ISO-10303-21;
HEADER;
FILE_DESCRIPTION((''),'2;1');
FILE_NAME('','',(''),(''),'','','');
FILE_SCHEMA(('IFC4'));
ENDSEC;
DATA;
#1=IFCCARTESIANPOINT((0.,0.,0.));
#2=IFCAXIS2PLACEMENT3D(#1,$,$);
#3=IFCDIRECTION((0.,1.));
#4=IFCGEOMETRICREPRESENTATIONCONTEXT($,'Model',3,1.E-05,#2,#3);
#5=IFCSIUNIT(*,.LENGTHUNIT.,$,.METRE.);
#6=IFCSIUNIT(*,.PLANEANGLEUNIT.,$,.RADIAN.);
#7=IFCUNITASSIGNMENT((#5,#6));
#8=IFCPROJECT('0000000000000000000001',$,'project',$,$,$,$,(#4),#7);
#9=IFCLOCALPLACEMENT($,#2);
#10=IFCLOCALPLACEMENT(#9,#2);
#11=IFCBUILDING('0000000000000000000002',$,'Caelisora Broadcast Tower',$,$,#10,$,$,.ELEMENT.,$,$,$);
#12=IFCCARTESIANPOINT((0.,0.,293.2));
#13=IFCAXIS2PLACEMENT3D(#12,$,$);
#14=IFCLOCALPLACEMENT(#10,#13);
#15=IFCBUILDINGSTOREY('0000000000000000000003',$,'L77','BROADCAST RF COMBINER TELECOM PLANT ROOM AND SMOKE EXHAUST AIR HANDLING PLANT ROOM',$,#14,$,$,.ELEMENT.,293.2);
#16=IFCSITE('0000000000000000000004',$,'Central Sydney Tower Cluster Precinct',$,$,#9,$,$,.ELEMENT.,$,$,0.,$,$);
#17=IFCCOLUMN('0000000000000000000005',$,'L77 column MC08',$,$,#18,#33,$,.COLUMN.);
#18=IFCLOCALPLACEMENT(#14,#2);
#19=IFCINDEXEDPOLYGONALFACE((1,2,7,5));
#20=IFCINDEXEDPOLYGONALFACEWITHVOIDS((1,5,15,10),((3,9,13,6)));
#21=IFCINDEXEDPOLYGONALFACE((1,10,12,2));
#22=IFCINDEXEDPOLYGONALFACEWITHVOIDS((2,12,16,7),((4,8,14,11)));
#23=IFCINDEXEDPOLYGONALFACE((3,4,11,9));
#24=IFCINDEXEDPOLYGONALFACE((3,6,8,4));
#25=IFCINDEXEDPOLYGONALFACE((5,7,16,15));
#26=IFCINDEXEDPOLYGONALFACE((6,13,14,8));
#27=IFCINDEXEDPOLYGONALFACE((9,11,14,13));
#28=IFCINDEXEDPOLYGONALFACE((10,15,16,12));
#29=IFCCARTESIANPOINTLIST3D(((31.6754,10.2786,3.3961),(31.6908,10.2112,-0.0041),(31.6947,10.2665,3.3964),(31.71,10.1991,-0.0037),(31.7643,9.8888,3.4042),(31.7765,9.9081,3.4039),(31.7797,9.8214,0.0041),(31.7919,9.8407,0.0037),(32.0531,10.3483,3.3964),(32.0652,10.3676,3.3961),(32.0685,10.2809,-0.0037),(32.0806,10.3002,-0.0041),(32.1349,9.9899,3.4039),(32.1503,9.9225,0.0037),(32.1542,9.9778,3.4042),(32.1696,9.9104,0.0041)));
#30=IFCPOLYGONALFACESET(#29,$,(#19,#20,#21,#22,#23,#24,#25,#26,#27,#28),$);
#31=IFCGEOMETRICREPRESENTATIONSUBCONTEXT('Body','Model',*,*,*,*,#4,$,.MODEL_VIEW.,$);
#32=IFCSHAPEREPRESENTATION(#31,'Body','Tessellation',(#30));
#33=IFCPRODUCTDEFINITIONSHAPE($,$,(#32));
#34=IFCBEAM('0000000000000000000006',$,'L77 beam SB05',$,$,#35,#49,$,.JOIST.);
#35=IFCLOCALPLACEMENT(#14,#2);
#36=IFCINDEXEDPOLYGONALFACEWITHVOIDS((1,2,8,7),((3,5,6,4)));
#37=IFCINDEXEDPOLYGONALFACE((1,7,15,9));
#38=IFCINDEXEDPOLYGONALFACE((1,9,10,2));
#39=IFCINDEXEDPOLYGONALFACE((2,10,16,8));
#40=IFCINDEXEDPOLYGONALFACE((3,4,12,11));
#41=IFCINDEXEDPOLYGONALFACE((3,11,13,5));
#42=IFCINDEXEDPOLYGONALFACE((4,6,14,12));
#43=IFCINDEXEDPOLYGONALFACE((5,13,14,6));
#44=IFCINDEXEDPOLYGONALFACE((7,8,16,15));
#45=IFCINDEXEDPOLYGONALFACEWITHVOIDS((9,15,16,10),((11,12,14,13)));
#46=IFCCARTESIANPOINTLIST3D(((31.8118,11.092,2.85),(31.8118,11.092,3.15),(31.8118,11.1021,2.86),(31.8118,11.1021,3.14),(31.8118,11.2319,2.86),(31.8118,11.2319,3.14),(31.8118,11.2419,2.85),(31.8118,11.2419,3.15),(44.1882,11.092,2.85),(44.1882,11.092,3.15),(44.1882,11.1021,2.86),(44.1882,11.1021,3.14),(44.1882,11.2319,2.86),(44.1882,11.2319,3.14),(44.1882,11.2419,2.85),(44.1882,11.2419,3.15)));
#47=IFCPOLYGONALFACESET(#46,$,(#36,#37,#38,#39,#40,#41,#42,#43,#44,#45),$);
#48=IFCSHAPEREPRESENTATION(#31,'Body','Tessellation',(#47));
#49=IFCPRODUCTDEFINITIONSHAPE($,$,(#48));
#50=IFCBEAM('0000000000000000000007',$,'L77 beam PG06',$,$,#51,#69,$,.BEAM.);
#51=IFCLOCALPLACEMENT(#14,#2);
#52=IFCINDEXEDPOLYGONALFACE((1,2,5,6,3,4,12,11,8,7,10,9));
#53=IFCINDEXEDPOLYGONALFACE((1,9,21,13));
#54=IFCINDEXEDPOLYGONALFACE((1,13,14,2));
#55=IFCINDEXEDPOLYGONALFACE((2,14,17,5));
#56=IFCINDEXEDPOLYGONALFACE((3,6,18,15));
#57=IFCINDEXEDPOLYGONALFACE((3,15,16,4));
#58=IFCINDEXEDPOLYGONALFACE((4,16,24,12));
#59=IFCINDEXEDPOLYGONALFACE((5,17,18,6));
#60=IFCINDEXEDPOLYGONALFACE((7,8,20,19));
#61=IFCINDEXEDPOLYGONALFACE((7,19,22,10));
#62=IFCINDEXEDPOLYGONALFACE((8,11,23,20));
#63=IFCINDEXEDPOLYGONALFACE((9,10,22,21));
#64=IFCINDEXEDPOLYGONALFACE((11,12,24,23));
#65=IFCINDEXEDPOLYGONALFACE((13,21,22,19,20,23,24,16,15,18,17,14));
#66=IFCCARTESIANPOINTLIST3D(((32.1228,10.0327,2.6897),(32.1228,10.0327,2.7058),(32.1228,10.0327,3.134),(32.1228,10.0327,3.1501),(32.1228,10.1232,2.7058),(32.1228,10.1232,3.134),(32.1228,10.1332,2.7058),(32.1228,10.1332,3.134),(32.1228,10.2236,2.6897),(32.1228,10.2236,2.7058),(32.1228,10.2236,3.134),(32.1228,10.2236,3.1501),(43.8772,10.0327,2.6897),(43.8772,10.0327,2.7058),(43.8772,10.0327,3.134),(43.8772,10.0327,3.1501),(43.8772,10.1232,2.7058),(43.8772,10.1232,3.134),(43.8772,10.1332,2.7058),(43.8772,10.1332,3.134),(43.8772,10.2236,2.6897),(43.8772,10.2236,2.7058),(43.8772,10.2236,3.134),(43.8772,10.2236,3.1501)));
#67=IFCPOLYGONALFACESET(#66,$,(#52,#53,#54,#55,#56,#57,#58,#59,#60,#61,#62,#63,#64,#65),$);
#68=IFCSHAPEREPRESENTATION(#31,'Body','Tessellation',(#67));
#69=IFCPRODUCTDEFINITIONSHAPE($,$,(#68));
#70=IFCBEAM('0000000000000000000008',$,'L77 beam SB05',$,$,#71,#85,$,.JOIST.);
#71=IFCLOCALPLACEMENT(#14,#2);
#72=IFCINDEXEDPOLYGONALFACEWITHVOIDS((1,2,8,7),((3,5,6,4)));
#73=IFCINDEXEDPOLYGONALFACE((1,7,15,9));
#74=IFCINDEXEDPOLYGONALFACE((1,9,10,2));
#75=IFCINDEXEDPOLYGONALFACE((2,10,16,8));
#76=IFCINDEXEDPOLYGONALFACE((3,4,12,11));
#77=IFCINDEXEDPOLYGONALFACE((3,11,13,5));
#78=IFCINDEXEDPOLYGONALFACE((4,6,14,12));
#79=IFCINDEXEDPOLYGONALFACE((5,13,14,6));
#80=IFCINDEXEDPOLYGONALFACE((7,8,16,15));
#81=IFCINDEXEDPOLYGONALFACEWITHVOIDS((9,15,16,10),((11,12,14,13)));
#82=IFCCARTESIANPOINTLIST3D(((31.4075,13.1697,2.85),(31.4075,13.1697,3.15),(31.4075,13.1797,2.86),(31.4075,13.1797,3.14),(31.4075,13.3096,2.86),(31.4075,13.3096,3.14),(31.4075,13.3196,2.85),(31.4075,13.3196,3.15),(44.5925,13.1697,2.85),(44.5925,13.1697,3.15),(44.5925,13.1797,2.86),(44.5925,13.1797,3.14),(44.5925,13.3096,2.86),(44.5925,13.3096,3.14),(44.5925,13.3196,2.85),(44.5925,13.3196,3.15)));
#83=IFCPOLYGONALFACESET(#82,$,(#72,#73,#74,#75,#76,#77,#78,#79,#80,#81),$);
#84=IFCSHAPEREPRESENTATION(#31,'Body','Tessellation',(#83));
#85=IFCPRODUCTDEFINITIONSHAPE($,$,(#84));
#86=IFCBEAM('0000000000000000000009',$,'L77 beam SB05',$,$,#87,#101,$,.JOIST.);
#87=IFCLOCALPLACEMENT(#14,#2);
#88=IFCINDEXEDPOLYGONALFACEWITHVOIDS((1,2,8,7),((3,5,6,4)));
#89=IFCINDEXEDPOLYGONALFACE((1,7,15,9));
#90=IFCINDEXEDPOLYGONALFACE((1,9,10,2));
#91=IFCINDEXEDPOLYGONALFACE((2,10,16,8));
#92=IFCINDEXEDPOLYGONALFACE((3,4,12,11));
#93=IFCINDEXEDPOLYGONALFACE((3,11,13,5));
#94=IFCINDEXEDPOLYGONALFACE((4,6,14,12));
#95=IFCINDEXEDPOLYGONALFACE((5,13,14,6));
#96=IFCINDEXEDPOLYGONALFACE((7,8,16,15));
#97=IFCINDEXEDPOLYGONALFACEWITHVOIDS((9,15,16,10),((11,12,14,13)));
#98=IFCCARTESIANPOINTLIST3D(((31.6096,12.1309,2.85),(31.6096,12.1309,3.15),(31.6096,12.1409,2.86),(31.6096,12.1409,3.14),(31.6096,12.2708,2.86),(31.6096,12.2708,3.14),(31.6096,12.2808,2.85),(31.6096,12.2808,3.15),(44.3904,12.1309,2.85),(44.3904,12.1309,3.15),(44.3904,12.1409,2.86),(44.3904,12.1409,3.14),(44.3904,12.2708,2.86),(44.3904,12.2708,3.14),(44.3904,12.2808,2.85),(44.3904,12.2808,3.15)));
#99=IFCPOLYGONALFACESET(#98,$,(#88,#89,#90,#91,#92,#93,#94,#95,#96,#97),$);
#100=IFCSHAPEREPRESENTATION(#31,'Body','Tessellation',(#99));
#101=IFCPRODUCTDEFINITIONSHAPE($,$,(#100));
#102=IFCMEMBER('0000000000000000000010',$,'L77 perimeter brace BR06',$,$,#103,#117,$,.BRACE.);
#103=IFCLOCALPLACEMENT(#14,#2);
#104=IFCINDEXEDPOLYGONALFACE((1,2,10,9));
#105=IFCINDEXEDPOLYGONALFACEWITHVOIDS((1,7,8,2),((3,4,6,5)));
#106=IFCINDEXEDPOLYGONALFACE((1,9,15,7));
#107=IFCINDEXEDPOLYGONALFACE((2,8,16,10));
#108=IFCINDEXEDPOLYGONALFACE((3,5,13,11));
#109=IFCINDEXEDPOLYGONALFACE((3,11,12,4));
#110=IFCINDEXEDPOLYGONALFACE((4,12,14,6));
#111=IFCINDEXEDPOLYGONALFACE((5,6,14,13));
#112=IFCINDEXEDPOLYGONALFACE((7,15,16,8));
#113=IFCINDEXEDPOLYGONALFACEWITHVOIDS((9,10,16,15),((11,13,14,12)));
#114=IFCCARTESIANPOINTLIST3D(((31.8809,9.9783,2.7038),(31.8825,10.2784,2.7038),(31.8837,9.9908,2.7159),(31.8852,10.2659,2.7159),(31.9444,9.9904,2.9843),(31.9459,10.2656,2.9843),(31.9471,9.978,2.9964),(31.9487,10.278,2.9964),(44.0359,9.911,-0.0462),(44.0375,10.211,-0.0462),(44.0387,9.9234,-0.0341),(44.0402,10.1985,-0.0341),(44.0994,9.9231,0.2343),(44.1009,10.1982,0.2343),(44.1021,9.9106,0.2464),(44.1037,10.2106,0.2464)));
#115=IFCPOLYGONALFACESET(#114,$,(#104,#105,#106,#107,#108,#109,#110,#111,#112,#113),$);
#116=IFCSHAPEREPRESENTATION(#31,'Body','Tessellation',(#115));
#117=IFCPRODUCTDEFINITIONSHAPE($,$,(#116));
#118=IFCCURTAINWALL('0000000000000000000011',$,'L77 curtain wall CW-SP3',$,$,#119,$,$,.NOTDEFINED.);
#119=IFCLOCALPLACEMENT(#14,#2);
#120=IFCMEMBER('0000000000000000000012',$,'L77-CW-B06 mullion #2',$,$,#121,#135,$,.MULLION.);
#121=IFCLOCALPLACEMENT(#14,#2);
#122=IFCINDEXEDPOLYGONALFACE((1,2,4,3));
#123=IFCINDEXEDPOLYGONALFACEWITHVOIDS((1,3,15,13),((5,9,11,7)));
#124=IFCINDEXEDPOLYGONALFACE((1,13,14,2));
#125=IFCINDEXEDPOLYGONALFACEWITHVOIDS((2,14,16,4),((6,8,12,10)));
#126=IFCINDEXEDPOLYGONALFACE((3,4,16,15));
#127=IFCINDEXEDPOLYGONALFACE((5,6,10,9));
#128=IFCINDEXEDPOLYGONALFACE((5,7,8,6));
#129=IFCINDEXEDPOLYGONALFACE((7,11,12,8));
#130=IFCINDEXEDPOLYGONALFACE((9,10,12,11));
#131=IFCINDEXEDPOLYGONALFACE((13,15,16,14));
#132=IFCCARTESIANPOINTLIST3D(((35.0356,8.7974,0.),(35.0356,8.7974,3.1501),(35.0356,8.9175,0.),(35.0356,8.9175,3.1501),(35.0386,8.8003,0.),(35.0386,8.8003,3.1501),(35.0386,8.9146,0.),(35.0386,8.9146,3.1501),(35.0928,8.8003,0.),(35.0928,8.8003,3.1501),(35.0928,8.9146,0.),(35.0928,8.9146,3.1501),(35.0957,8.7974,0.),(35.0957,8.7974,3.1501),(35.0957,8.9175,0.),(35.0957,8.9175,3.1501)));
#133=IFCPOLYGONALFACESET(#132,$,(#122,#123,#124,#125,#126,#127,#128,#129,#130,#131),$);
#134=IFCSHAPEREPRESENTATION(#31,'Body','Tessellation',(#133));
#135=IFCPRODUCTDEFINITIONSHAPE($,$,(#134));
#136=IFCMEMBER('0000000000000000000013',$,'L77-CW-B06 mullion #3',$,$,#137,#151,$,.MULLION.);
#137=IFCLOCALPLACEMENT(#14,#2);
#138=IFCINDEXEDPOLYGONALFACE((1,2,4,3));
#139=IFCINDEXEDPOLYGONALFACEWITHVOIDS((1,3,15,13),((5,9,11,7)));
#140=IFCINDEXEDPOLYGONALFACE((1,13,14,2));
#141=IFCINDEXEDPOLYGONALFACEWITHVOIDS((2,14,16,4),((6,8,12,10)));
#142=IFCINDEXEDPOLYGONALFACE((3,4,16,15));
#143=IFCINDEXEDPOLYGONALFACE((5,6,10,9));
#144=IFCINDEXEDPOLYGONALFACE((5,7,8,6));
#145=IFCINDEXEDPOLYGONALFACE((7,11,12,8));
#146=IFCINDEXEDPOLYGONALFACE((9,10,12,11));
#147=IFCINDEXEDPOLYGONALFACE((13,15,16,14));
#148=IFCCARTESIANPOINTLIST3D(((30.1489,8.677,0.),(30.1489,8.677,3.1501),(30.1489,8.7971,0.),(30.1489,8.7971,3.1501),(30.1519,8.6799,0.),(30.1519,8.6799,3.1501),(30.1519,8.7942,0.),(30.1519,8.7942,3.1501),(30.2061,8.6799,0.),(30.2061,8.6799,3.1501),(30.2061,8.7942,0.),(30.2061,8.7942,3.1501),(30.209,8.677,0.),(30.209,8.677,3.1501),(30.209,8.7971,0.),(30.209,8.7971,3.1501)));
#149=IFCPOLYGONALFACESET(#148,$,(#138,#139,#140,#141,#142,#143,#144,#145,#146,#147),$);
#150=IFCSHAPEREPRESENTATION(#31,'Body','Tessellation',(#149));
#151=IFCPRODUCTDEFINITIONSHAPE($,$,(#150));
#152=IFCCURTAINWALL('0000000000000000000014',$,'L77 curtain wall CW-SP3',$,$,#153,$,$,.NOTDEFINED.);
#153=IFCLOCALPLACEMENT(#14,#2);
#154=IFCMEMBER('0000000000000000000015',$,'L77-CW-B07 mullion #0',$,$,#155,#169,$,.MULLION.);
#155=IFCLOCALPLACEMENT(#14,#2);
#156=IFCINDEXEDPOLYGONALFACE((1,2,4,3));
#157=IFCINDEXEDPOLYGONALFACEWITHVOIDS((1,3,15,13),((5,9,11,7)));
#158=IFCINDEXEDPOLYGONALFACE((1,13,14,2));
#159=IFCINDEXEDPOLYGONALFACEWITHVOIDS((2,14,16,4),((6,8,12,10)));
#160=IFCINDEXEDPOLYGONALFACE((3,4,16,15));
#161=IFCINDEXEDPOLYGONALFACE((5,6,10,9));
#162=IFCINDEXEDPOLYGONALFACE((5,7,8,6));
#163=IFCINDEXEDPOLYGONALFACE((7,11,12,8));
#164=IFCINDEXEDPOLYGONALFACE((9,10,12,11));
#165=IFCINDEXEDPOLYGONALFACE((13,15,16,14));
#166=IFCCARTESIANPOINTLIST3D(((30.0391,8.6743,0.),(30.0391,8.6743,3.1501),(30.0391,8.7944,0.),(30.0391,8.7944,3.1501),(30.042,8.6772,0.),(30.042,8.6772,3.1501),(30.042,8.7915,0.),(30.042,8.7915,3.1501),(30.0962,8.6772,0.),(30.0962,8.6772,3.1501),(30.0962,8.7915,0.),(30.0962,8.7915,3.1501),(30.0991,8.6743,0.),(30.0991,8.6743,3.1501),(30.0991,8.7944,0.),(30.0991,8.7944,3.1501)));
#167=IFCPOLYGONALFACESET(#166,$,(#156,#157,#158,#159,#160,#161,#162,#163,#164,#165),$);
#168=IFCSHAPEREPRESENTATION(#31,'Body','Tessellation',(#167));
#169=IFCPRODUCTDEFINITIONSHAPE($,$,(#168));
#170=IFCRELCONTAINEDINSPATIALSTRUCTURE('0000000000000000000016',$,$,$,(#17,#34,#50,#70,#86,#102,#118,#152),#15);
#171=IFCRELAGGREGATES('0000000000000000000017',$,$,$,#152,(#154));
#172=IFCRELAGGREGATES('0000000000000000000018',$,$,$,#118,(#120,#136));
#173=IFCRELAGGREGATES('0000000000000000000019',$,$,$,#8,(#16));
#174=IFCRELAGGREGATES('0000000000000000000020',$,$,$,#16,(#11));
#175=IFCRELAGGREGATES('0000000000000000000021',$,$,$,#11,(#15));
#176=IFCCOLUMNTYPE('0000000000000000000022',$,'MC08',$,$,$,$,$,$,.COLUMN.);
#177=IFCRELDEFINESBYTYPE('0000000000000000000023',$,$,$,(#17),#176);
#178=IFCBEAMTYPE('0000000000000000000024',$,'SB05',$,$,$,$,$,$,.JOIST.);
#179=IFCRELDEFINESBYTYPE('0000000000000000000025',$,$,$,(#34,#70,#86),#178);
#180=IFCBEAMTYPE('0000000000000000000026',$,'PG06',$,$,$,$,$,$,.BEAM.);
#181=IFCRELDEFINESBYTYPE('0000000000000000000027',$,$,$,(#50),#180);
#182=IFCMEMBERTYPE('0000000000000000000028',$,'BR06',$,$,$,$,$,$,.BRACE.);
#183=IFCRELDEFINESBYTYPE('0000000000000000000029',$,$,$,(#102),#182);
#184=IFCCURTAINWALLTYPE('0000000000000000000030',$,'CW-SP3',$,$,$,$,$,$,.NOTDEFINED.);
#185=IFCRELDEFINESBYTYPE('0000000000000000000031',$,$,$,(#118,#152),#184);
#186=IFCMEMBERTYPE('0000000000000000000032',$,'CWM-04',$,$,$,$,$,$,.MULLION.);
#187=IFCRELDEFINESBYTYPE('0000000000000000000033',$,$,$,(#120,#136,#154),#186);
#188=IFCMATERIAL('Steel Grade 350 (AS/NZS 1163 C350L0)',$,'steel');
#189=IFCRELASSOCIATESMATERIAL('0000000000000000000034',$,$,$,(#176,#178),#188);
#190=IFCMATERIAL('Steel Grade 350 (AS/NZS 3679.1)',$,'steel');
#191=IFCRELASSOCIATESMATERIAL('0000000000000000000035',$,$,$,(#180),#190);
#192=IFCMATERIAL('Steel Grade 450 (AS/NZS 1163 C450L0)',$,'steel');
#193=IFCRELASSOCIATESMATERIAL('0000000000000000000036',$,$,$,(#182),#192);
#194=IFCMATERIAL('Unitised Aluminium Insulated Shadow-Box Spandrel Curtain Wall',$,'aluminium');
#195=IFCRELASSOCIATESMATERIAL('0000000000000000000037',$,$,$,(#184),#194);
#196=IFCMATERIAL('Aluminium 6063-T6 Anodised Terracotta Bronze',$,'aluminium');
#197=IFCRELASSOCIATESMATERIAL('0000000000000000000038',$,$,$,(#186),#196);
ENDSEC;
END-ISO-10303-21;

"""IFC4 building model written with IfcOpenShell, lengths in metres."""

from ifc_helpers import new_model, si_unit, direction, frame, origin, origin_2d, place, context, subcontext, project, spatial, hollow_rectangle, i_section, extrude, source, transform, mapped, material, material_profile, profile_set, type_object, type_shapes, element, aggregate, save


model = new_model("IFC4")

# Units and contexts
model_context = context("Model", 3, precision=1e-05, world=origin(), true_north=direction((0.0, 1.0)))
body_context = subcontext(model_context, "Body", "Model", "MODEL_VIEW")
ifc_project = project(units=[si_unit("LENGTHUNIT", "METRE"), si_unit("PLANEANGLEUNIT", "RADIAN")], contexts=[model_context])

# Site, building, storey
site_placement = place(None, origin())
site = spatial("IfcSite", under=ifc_project, at=site_placement, Name="Central Sydney Tower Cluster Precinct", CompositionType="ELEMENT", RefElevation=0.0)
building_placement = place(site_placement, origin())
building = spatial("IfcBuilding", under=site, at=building_placement, Name="Caelisora Broadcast Tower", CompositionType="ELEMENT")
storey_placement = place(building_placement, frame((0.0, 0.0, 293.2)))
storey = spatial("IfcBuildingStorey", under=building, at=storey_placement, Name="L77", Description="BROADCAST RF COMBINER TELECOM PLANT ROOM AND SMOKE EXHAUST AIR HANDLING PLANT ROOM", CompositionType="ELEMENT", Elevation=293.2)

# Column
ifc_material_1 = material(Name="Steel Grade 350 (AS/NZS 1163 C350L0)", Category="steel")
ifc_material_profile_1 = material_profile(ifc_material_1, hollow_rectangle(XDim=0.3999, YDim=0.3999, WallThickness=0.0161, at=origin_2d()), Name="Steel Grade 350 (AS/NZS 1163 C350L0)")
ifc_profile_set_1 = profile_set([ifc_material_profile_1], Name="Steel Grade 350 (AS/NZS 1163 C350L0)")
column_type = type_object("IfcColumnType", Name="MC08", PredefinedType="COLUMN", material=ifc_profile_set_1)
shared_shape_1 = source(origin(), body_context, "Body", "SweptSolid", [
    extrude(hollow_rectangle(XDim=0.3999, YDim=0.3999, WallThickness=0.0161, at=origin_2d()), origin(), (0.0, 0.0, 1.0), 3.4009),
])
type_shapes(column_type, [shared_shape_1])
column_placement = place(storey_placement, frame((31.9302, 10.0608, 0.0), z_axis=(-0.004523, 0.019814, 0.999793), x_axis=(-0.974924, -0.222537, 0.0)))
element("IfcColumn", 1, at=column_placement, inside=storey, type_object=column_type, Name="L77 column MC08", PredefinedType="COLUMN", context=body_context, shape_type="MappedRepresentation", body=[
    mapped(shared_shape_1, transform((0.0, 0.0, 0.0), scale=1.0)),
])

# Beams
ifc_material_profile_2 = material_profile(ifc_material_1, hollow_rectangle(XDim=0.1499, YDim=0.3, WallThickness=0.01, at=origin_2d()), Name="Steel Grade 350 (AS/NZS 1163 C350L0)")
ifc_profile_set_2 = profile_set([ifc_material_profile_2], Name="Steel Grade 350 (AS/NZS 1163 C350L0)")
beam_type_1 = type_object("IfcBeamType", Name="SB05", PredefinedType="JOIST", material=ifc_profile_set_2)
shared_shape_2 = source(origin(), body_context, "Body", "SweptSolid", [
    extrude(hollow_rectangle(XDim=0.1499, YDim=0.3, WallThickness=0.01, at=origin_2d()), origin(), (0.0, 0.0, 1.0), 12.3765),
])
beam_1_placement = place(storey_placement, frame((31.8118, 11.167, 3.0), z_axis=(1.0, 0.0, 0.0), x_axis=(0.0, 1.0, 0.0)))
element("IfcBeam", 2, at=beam_1_placement, inside=storey, type_object=beam_type_1, Name="L77 beam SB05", PredefinedType="JOIST", context=body_context, shape_type="MappedRepresentation", body=[
    mapped(shared_shape_2, transform((0.0, 0.0, 0.0), scale=1.0)),
])
ifc_material_2 = material(Name="Steel Grade 350 (AS/NZS 3679.1)", Category="steel")
ifc_material_profile_3 = material_profile(ifc_material_2, i_section(OverallWidth=0.1909, OverallDepth=0.4604, WebThickness=0.01, FlangeThickness=0.0161, at=origin_2d()), Name="Steel Grade 350 (AS/NZS 3679.1)")
ifc_profile_set_3 = profile_set([ifc_material_profile_3], Name="Steel Grade 350 (AS/NZS 3679.1)")
beam_type_2 = type_object("IfcBeamType", Name="PG06", PredefinedType="BEAM", material=ifc_profile_set_3)
shared_shape_3 = source(origin(), body_context, "Body", "SweptSolid", [
    extrude(i_section(OverallWidth=0.1909, OverallDepth=0.4604, WebThickness=0.01, FlangeThickness=0.0161, at=origin_2d()), origin(), (0.0, 0.0, 1.0), 11.7544),
])
type_shapes(beam_type_2, [shared_shape_3])
beam_2_placement = place(storey_placement, frame((32.1228, 10.1282, 2.9199), z_axis=(1.0, 0.0, 0.0), x_axis=(0.0, 1.0, 0.0)))
element("IfcBeam", 3, at=beam_2_placement, inside=storey, type_object=beam_type_2, Name="L77 beam PG06", PredefinedType="BEAM", context=body_context, shape_type="MappedRepresentation", body=[
    mapped(shared_shape_3, transform((0.0, 0.0, 0.0), scale=1.0)),
])
shared_shape_4 = source(origin(), body_context, "Body", "SweptSolid", [
    extrude(hollow_rectangle(XDim=0.1499, YDim=0.3, WallThickness=0.01, at=origin_2d()), origin(), (0.0, 0.0, 1.0), 13.1851),
])
beam_3_placement = place(storey_placement, frame((31.4075, 13.2446, 3.0), z_axis=(1.0, 0.0, 0.0), x_axis=(0.0, 1.0, 0.0)))
element("IfcBeam", 4, at=beam_3_placement, inside=storey, type_object=beam_type_1, Name="L77 beam SB05", PredefinedType="JOIST", context=body_context, shape_type="MappedRepresentation", body=[
    mapped(shared_shape_4, transform((0.0, 0.0, 0.0), scale=1.0)),
])
shared_shape_5 = source(origin(), body_context, "Body", "SweptSolid", [
    extrude(hollow_rectangle(XDim=0.1499, YDim=0.3, WallThickness=0.01, at=origin_2d()), origin(), (0.0, 0.0, 1.0), 12.7808),
])
type_shapes(beam_type_1, [shared_shape_2, shared_shape_4, shared_shape_5])
beam_4_placement = place(storey_placement, frame((31.6096, 12.2058, 3.0), z_axis=(1.0, 0.0, 0.0), x_axis=(0.0, 1.0, 0.0)))
element("IfcBeam", 5, at=beam_4_placement, inside=storey, type_object=beam_type_1, Name="L77 beam SB05", PredefinedType="JOIST", context=body_context, shape_type="MappedRepresentation", body=[
    mapped(shared_shape_5, transform((0.0, 0.0, 0.0), scale=1.0)),
])

# Member
ifc_material_3 = material(Name="Steel Grade 450 (AS/NZS 1163 C450L0)", Category="steel")
ifc_material_profile_4 = material_profile(ifc_material_3, hollow_rectangle(XDim=0.3, YDim=0.3, WallThickness=0.0125, at=origin_2d()), Name="Steel Grade 450 (AS/NZS 1163 C450L0)")
ifc_profile_set_4 = profile_set([ifc_material_profile_4], Name="Steel Grade 450 (AS/NZS 1163 C450L0)")
member_type_1 = type_object("IfcMemberType", Name="BR06", PredefinedType="BRACE", material=ifc_profile_set_4)
shared_shape_6 = source(origin(), body_context, "Body", "SweptSolid", [
    extrude(hollow_rectangle(XDim=0.3, YDim=0.3, WallThickness=0.0125, at=origin_2d()), origin(), (0.0, 0.0, 1.0), 12.4624),
])
type_shapes(member_type_1, [shared_shape_6])
member_1_placement = place(storey_placement, frame((31.9148, 10.1282, 2.8501), z_axis=(0.975335, -0.005407, -0.220663), x_axis=(0.005544, 0.999985, 0.0)))
element("IfcMember", 6, at=member_1_placement, inside=storey, type_object=member_type_1, Name="L77 perimeter brace BR06", PredefinedType="BRACE", context=body_context, shape_type="MappedRepresentation", body=[
    mapped(shared_shape_6, transform((0.0, 0.0, 0.0), scale=1.0)),
])

# Curtain walls, members
ifc_material_4 = material(Name="Unitised Aluminium Insulated Shadow-Box Spandrel Curtain Wall", Category="aluminium")
curtain_wall_type = type_object("IfcCurtainWallType", Name="CW-SP3", PredefinedType="NOTDEFINED", material=ifc_material_4)
curtain_wall_1_placement = place(storey_placement, origin())
curtain_wall_1 = element("IfcCurtainWall", 7, at=curtain_wall_1_placement, inside=storey, type_object=curtain_wall_type, Name="L77 curtain wall CW-SP3", PredefinedType="NOTDEFINED")
ifc_material_5 = material(Name="Aluminium 6063-T6 Anodised Terracotta Bronze", Category="aluminium")
ifc_material_profile_5 = material_profile(ifc_material_5, hollow_rectangle(XDim=0.0601, YDim=0.1201, WallThickness=0.0029, at=origin_2d()), Name="Aluminium 6063-T6 Anodised Terracotta Bronze")
ifc_profile_set_5 = profile_set([ifc_material_profile_5], Name="Aluminium 6063-T6 Anodised Terracotta Bronze")
member_type_2 = type_object("IfcMemberType", Name="CWM-04", PredefinedType="MULLION", material=ifc_profile_set_5)
shared_shape_7 = source(origin(), body_context, "Body", "SweptSolid", [
    extrude(hollow_rectangle(XDim=0.0601, YDim=0.1201, WallThickness=0.0029, at=origin_2d()), origin(), (0.0, 0.0, 1.0), 3.1501),
])
type_shapes(member_type_2, [shared_shape_7])
member_2_placement = place(storey_placement, frame((35.0657, 8.8574, 0.0), z_axis=(0.0, 0.0, 1.0), x_axis=(1.0, 0.0, 0.0)))
member_2 = element("IfcMember", 8, at=member_2_placement, type_object=member_type_2, Name="L77-CW-B06 mullion #2", PredefinedType="MULLION", context=body_context, shape_type="MappedRepresentation", body=[
    mapped(shared_shape_7, transform((0.0, 0.0, 0.0), scale=1.0)),
])
member_3_placement = place(storey_placement, frame((30.179, 8.7371, 0.0), z_axis=(0.0, 0.0, 1.0), x_axis=(1.0, 0.0, 0.0)))
member_3 = element("IfcMember", 9, at=member_3_placement, type_object=member_type_2, Name="L77-CW-B06 mullion #3", PredefinedType="MULLION", context=body_context, shape_type="MappedRepresentation", body=[
    mapped(shared_shape_7, transform((0.0, 0.0, 0.0), scale=1.0)),
])
curtain_wall_2_placement = place(storey_placement, origin())
curtain_wall_2 = element("IfcCurtainWall", 10, at=curtain_wall_2_placement, inside=storey, type_object=curtain_wall_type, Name="L77 curtain wall CW-SP3", PredefinedType="NOTDEFINED")
member_4_placement = place(storey_placement, frame((30.0691, 8.7344, 0.0), z_axis=(0.0, 0.0, 1.0), x_axis=(1.0, 0.0, 0.0)))
member_4 = element("IfcMember", 11, at=member_4_placement, type_object=member_type_2, Name="L77-CW-B07 mullion #0", PredefinedType="MULLION", context=body_context, shape_type="MappedRepresentation", body=[
    mapped(shared_shape_7, transform((0.0, 0.0, 0.0), scale=1.0)),
])

aggregate(curtain_wall_2, [member_4])
aggregate(curtain_wall_1, [member_2, member_3])

save(model, "model.ifc")
